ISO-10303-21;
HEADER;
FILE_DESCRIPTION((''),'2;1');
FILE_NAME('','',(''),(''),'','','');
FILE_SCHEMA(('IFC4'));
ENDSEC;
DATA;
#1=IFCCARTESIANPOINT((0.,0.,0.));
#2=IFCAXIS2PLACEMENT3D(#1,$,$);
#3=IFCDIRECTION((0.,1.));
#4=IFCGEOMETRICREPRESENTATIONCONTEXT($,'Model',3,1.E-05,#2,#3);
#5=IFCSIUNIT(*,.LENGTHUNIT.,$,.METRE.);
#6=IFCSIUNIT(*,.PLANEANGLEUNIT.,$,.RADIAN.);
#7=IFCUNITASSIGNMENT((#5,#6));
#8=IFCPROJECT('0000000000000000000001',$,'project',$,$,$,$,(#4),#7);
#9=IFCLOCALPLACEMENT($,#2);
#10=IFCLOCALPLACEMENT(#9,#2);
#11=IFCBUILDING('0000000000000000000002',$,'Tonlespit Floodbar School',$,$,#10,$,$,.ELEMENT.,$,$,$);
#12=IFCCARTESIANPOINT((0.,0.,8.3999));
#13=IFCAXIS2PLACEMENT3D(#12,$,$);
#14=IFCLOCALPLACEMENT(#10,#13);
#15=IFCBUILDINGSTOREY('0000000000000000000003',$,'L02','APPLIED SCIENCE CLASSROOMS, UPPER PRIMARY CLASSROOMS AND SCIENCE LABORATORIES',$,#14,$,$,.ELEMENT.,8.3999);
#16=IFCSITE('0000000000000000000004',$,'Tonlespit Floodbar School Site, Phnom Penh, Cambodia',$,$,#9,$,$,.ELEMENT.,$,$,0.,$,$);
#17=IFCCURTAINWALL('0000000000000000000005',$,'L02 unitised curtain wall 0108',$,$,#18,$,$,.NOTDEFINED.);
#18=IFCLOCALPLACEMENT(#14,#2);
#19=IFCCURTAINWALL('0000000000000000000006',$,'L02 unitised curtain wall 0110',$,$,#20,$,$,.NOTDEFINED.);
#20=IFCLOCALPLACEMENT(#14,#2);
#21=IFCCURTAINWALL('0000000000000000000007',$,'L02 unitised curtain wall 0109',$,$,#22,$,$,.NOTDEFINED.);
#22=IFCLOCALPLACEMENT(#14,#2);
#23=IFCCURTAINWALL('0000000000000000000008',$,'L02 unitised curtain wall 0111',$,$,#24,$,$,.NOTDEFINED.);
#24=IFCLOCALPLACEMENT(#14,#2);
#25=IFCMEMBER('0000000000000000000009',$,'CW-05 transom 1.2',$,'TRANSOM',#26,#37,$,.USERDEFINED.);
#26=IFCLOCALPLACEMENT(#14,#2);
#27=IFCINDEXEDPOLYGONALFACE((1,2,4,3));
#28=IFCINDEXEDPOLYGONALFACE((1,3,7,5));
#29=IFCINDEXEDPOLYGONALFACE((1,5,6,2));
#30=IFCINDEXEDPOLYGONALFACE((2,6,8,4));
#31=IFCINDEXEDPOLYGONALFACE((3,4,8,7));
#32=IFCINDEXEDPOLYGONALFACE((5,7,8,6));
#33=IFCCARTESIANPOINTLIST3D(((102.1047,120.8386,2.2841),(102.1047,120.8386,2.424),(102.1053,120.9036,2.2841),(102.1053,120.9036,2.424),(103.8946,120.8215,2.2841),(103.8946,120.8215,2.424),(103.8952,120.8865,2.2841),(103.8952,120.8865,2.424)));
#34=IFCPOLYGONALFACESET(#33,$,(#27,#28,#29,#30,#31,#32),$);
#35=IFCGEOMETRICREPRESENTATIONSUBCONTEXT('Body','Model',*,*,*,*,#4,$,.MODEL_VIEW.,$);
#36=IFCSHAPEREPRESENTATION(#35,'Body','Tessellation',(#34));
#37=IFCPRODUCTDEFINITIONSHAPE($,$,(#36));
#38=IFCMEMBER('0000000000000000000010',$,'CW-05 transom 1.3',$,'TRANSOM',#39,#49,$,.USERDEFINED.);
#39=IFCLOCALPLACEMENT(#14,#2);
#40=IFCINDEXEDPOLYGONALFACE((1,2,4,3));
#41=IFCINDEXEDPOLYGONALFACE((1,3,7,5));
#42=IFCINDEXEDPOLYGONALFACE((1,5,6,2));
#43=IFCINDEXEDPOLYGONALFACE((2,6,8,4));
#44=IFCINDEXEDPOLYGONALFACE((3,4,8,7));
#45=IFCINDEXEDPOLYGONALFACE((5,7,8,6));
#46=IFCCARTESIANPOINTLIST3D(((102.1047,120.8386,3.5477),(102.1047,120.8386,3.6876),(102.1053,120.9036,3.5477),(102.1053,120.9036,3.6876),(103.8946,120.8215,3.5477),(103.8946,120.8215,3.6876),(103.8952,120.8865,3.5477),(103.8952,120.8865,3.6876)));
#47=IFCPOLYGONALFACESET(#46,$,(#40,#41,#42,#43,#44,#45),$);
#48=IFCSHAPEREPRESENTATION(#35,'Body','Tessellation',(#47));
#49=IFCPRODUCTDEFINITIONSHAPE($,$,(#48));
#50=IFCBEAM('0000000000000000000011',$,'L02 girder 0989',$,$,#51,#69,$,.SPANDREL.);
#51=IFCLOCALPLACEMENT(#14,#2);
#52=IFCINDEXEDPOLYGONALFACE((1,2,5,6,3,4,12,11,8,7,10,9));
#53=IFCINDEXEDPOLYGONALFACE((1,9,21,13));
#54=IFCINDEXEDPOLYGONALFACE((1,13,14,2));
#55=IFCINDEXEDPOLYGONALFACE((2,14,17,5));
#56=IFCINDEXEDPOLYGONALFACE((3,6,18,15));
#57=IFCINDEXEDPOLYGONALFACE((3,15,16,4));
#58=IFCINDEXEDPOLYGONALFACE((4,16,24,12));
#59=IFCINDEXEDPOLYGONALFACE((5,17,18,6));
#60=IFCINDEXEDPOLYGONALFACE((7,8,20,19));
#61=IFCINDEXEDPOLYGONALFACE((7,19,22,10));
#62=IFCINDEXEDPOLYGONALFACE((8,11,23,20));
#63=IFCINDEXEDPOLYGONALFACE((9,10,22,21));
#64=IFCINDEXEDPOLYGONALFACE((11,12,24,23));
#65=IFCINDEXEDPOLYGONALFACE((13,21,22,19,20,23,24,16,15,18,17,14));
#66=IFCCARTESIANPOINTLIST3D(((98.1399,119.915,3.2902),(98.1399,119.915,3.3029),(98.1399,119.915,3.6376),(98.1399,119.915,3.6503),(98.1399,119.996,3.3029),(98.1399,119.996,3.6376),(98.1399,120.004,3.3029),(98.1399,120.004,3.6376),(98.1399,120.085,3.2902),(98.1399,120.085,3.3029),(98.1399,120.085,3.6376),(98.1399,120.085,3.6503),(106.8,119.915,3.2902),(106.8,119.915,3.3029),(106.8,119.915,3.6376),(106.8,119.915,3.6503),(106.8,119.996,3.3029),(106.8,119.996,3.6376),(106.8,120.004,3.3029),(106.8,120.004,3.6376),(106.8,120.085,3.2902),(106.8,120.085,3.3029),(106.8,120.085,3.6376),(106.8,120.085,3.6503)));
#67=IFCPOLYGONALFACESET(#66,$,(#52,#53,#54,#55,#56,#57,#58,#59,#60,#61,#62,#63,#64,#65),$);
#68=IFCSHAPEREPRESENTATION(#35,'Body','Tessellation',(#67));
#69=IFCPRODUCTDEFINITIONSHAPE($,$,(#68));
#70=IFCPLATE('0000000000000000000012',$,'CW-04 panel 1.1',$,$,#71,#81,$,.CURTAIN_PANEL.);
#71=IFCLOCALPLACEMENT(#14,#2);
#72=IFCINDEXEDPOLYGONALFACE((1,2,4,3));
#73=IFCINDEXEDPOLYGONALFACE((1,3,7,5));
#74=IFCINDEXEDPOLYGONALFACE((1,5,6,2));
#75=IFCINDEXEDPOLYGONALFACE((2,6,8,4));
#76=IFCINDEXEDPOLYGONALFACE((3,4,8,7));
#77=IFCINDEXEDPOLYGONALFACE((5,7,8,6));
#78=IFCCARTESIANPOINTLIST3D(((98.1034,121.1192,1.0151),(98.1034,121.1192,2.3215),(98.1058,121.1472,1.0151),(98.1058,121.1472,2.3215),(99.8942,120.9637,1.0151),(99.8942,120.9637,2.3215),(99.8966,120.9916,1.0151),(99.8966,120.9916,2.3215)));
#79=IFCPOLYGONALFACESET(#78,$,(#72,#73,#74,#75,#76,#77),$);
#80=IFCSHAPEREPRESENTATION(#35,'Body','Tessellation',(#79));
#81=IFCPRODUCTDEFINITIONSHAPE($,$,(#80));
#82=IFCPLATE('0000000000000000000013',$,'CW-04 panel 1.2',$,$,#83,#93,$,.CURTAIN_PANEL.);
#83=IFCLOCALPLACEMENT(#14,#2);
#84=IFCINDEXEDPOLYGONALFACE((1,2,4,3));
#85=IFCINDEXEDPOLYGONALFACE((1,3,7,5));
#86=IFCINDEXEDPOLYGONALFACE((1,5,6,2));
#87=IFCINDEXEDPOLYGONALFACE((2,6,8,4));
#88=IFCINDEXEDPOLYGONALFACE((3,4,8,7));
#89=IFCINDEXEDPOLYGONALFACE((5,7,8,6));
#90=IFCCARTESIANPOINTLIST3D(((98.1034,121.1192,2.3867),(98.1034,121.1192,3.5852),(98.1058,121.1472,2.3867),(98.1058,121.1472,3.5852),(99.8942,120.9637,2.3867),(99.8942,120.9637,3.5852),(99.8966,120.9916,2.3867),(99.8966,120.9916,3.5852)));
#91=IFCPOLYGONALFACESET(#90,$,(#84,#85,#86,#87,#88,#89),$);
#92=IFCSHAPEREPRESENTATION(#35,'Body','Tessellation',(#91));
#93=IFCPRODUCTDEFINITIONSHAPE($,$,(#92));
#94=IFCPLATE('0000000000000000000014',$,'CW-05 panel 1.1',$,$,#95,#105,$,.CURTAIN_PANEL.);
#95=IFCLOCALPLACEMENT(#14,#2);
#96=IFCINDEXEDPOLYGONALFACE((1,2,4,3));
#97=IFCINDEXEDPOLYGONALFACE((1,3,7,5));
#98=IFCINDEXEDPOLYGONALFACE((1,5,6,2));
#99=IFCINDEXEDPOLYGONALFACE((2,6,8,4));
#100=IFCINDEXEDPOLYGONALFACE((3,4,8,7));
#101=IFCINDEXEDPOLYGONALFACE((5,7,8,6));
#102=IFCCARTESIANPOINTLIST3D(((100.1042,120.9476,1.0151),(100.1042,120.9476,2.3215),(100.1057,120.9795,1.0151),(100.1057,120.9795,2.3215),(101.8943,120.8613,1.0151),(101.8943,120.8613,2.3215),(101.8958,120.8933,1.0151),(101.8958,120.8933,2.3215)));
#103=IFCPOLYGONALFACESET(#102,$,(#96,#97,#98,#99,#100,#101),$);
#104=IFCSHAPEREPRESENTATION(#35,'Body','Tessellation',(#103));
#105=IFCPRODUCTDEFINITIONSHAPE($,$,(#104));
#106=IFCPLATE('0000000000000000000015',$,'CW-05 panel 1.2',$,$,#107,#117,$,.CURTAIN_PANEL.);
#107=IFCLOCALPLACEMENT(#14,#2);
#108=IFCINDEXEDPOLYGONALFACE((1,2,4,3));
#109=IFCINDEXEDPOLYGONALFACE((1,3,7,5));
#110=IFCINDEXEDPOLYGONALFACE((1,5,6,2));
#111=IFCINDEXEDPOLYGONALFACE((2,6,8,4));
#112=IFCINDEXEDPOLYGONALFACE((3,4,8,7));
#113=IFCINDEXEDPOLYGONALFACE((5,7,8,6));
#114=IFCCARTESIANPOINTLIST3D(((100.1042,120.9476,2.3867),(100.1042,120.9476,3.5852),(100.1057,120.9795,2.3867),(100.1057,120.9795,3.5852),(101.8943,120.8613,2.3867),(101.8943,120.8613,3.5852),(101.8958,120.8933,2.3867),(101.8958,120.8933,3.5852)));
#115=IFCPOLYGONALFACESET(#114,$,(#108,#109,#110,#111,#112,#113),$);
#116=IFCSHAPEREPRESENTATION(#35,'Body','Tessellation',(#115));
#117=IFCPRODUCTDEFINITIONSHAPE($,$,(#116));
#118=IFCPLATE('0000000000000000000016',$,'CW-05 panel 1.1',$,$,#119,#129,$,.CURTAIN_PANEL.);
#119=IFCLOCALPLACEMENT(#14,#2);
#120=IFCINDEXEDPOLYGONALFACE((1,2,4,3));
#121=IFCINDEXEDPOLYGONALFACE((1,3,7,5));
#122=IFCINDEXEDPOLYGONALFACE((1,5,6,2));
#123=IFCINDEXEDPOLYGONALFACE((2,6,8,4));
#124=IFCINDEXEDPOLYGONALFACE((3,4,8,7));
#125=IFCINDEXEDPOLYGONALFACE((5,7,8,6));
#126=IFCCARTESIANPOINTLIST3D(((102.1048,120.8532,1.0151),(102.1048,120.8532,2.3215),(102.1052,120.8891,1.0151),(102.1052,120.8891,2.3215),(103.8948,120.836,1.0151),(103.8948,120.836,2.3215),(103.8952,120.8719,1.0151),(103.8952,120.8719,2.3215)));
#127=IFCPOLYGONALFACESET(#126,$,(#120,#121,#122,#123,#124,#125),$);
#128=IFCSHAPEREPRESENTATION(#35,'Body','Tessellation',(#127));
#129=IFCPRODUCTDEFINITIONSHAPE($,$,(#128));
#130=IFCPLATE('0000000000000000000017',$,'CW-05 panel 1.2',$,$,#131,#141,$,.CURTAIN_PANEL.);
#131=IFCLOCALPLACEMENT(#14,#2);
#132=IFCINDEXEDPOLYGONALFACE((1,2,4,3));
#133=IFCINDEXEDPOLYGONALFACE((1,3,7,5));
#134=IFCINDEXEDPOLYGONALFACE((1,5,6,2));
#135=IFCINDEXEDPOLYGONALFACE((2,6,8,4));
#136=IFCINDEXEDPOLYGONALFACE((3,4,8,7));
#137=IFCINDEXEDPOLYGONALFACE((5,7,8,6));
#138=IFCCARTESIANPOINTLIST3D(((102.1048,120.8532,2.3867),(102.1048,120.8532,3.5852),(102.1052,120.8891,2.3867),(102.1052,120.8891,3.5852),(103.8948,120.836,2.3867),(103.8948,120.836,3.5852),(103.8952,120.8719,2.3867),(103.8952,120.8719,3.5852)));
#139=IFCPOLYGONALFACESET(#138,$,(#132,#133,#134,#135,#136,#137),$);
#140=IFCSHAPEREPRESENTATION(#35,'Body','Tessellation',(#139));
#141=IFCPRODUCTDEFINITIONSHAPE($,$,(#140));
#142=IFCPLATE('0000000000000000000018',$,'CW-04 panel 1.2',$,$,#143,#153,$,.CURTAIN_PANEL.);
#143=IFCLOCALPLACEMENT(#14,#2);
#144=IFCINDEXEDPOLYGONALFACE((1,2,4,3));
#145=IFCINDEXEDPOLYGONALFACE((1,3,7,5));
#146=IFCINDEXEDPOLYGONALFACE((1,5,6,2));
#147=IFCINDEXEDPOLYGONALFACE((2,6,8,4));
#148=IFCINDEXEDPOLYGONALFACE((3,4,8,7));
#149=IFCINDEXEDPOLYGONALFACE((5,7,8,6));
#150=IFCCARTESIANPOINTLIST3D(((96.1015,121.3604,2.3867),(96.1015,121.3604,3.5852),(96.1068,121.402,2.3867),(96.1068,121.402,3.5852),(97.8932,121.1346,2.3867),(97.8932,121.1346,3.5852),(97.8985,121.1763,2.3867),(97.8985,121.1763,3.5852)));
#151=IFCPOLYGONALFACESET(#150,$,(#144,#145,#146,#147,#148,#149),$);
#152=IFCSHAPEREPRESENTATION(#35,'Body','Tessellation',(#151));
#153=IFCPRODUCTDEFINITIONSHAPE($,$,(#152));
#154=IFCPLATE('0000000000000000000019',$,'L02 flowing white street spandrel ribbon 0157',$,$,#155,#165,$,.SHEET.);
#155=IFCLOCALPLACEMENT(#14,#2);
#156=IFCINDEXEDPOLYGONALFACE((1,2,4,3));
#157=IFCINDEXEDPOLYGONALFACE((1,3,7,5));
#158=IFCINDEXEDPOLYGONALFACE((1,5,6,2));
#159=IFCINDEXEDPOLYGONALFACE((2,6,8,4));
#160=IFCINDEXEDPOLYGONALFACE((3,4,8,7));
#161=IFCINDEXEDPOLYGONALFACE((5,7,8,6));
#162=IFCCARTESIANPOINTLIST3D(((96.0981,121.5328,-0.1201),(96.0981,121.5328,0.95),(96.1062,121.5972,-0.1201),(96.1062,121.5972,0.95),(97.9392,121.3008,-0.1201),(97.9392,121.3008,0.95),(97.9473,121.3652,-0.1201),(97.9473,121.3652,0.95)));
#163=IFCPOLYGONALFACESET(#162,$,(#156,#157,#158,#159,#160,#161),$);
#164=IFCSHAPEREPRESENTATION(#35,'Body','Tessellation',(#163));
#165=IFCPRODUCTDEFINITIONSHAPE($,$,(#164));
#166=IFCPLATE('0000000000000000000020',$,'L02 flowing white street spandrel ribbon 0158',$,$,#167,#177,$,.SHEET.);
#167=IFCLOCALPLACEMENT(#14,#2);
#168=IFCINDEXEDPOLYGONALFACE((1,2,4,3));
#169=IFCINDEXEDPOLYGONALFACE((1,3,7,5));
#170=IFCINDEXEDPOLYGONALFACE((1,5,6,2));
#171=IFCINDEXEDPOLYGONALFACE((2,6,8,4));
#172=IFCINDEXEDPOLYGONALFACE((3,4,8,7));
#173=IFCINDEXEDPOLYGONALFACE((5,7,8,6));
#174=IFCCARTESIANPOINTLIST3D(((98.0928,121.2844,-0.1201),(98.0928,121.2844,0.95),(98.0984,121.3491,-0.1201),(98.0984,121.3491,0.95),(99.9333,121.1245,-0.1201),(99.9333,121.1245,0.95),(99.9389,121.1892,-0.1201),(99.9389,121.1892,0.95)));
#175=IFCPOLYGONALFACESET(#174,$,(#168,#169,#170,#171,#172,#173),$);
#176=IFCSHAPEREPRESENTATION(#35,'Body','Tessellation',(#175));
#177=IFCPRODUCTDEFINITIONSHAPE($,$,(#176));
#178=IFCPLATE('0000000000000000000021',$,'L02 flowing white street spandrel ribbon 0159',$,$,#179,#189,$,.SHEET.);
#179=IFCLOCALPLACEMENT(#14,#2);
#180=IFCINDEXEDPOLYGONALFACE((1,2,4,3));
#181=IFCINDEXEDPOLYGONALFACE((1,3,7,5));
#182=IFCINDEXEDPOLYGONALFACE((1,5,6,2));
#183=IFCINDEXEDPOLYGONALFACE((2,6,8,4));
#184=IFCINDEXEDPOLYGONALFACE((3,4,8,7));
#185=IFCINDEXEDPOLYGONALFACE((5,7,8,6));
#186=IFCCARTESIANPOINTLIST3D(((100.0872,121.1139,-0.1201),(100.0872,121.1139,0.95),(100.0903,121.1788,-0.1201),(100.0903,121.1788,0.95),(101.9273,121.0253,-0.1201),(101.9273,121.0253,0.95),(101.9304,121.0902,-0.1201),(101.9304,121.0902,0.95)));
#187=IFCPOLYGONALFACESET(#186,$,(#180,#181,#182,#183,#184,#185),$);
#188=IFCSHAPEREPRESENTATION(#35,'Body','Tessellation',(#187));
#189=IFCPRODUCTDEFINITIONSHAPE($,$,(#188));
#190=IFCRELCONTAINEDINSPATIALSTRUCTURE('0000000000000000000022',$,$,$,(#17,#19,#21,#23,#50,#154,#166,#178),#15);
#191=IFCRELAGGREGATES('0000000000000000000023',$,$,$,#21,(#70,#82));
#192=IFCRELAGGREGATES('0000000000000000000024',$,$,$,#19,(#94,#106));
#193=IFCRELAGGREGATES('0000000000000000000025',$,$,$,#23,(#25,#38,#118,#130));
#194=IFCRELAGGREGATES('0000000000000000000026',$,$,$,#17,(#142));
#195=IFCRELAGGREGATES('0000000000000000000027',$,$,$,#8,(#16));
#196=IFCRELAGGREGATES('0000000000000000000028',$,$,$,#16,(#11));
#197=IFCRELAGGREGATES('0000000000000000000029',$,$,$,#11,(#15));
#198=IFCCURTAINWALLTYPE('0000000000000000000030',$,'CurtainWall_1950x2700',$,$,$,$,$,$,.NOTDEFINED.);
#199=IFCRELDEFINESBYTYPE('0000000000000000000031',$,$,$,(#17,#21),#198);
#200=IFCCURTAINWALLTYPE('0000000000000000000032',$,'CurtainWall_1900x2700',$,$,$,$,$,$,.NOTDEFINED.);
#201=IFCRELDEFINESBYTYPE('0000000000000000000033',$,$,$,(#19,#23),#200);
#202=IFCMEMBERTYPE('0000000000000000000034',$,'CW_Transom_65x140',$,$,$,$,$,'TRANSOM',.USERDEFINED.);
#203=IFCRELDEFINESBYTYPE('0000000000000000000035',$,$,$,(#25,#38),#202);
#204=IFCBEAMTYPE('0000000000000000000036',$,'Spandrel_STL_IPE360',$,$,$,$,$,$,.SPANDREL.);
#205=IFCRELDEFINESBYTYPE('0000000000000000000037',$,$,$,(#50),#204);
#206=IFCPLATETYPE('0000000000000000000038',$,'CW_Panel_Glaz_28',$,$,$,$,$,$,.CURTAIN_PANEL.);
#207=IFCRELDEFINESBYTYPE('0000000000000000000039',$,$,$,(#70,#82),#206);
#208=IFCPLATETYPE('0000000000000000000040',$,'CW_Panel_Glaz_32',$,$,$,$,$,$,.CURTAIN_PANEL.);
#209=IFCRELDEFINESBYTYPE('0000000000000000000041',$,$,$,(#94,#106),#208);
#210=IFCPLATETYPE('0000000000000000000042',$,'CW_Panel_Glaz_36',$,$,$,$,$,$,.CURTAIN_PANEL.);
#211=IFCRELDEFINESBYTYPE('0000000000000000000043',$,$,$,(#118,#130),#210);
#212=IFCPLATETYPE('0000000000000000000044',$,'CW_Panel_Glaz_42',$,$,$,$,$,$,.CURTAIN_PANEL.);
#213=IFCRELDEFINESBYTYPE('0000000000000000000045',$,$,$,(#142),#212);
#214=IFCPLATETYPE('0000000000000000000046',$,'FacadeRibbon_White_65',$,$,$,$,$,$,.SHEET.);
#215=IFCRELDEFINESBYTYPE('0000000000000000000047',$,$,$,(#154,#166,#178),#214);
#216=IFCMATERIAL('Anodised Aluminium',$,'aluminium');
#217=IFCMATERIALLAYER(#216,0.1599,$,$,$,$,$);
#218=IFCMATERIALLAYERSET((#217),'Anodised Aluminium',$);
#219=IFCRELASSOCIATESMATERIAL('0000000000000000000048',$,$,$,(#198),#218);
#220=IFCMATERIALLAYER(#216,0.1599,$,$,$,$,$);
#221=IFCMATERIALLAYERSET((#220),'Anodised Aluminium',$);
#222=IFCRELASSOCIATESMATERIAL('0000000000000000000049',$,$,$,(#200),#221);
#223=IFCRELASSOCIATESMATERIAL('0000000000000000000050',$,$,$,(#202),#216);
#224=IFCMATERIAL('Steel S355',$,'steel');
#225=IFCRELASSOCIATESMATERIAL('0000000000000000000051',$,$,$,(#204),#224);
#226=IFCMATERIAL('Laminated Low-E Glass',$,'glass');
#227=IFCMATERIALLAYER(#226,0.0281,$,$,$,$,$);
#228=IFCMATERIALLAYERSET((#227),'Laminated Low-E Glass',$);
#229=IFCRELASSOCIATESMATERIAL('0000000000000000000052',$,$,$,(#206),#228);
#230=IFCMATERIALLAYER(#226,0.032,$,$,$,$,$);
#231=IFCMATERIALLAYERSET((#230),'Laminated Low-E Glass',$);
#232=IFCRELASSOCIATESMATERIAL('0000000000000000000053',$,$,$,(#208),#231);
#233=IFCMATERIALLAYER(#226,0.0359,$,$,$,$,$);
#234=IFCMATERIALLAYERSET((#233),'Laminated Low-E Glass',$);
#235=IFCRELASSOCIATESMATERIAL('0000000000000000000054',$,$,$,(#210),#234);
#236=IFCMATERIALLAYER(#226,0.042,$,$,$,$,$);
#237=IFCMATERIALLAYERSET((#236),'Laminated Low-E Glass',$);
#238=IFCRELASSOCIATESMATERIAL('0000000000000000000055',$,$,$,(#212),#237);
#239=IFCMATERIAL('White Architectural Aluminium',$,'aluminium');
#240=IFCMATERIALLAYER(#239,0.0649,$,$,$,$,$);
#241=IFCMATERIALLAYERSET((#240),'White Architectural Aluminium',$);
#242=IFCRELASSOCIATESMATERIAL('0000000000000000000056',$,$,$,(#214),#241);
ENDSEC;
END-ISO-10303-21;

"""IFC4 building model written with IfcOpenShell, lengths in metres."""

from ifc_helpers import new_model, si_unit, direction, frame, origin, origin_2d, place, context, subcontext, project, spatial, rectangle, i_section, extrude, material, layer, layer_set, material_profile, profile_set, type_object, element, aggregate, save


model = new_model("IFC4")

# Units and contexts
model_context = context("Model", 3, precision=1e-05, world=origin(), true_north=direction((0.0, 1.0)))
body_context = subcontext(model_context, "Body", "Model", "MODEL_VIEW")
ifc_project = project(units=[si_unit("LENGTHUNIT", "METRE"), si_unit("PLANEANGLEUNIT", "RADIAN")], contexts=[model_context])

# Site, building, storey
site_placement = place(None, origin())
site = spatial("IfcSite", under=ifc_project, at=site_placement, Name="Tonlespit Floodbar School Site, Phnom Penh, Cambodia", CompositionType="ELEMENT", RefElevation=0.0)
building_placement = place(site_placement, origin())
building = spatial("IfcBuilding", under=site, at=building_placement, Name="Tonlespit Floodbar School", CompositionType="ELEMENT")
storey_placement = place(building_placement, frame((0.0, 0.0, 8.3999)))
storey = spatial("IfcBuildingStorey", under=building, at=storey_placement, Name="L02", Description="APPLIED SCIENCE CLASSROOMS, UPPER PRIMARY CLASSROOMS AND SCIENCE LABORATORIES", CompositionType="ELEMENT", Elevation=8.3999)

# Curtain wall
ifc_material_1 = material(Name="Anodised Aluminium", Category="aluminium")
ifc_layer_1 = layer(ifc_material_1, 0.1599)
ifc_layer_set_1 = layer_set([ifc_layer_1], Name="Anodised Aluminium")
curtain_wall_type_1 = type_object("IfcCurtainWallType", Name="CurtainWall_1950x2700", PredefinedType="NOTDEFINED", material=ifc_layer_set_1)
curtain_wall_1_placement = place(storey_placement, origin())
curtain_wall_1 = element("IfcCurtainWall", 1, at=curtain_wall_1_placement, inside=storey, type_object=curtain_wall_type_1, Name="L02 unitised curtain wall 0108", PredefinedType="NOTDEFINED")

# Curtain walls
ifc_layer_2 = layer(ifc_material_1, 0.1599)
ifc_layer_set_2 = layer_set([ifc_layer_2], Name="Anodised Aluminium")
curtain_wall_type_2 = type_object("IfcCurtainWallType", Name="CurtainWall_1900x2700", PredefinedType="NOTDEFINED", material=ifc_layer_set_2)
curtain_wall_2_placement = place(storey_placement, origin())
curtain_wall_2 = element("IfcCurtainWall", 2, at=curtain_wall_2_placement, inside=storey, type_object=curtain_wall_type_2, Name="L02 unitised curtain wall 0110", PredefinedType="NOTDEFINED")
curtain_wall_3_placement = place(storey_placement, origin())
curtain_wall_3 = element("IfcCurtainWall", 3, at=curtain_wall_3_placement, inside=storey, type_object=curtain_wall_type_1, Name="L02 unitised curtain wall 0109", PredefinedType="NOTDEFINED")
curtain_wall_4_placement = place(storey_placement, origin())
curtain_wall_4 = element("IfcCurtainWall", 4, at=curtain_wall_4_placement, inside=storey, type_object=curtain_wall_type_2, Name="L02 unitised curtain wall 0111", PredefinedType="NOTDEFINED")

# Members
ifc_material_profile_1 = material_profile(ifc_material_1, rectangle(XDim=0.0649, YDim=0.1399, at=origin_2d()), Name="ALU T65x140")
ifc_profile_set_1 = profile_set([ifc_material_profile_1], Name="Anodised Aluminium")
member_type_1 = type_object("IfcMemberType", Name="CW_Transom_65x140", ElementType="TRANSOM", PredefinedType="USERDEFINED", material=ifc_profile_set_1)
member_1_placement = place(storey_placement, frame((102.105, 120.8711, 2.354), z_axis=(0.999954, -0.009547, 0.0), x_axis=(0.009547, 0.999954, 0.0)))
member_1 = element("IfcMember", 5, at=member_1_placement, type_object=member_type_1, Name="CW-05 transom 1.2", ObjectType="TRANSOM", PredefinedType="USERDEFINED", context=body_context, shape_type="SweptSolid", body=[
    extrude(rectangle(XDim=0.0649, YDim=0.1399, at=origin_2d()), origin(), (0.0, 0.0, 1.0), 1.79),
])
member_2_placement = place(storey_placement, frame((102.105, 120.8711, 3.6177), z_axis=(0.999954, -0.009547, 0.0), x_axis=(0.009547, 0.999954, 0.0)))
member_2 = element("IfcMember", 6, at=member_2_placement, type_object=member_type_1, Name="CW-05 transom 1.3", ObjectType="TRANSOM", PredefinedType="USERDEFINED", context=body_context, shape_type="SweptSolid", body=[
    extrude(rectangle(XDim=0.0649, YDim=0.1399, at=origin_2d()), origin(), (0.0, 0.0, 1.0), 1.79),
])

# Beam
ifc_material_2 = material(Name="Steel S355", Category="steel")
ifc_material_profile_2 = material_profile(ifc_material_2, i_section(OverallWidth=0.1699, OverallDepth=0.3601, WebThickness=0.0081, FlangeThickness=0.0127, at=origin_2d()), Name="IPE 360")
ifc_profile_set_2 = profile_set([ifc_material_profile_2], Name="Steel S355")
beam_type = type_object("IfcBeamType", Name="Spandrel_STL_IPE360", PredefinedType="SPANDREL", material=ifc_profile_set_2)
beam_placement = place(storey_placement, frame((98.1399, 120.0, 3.4702), z_axis=(1.0, 0.0, 0.0), x_axis=(0.0, 1.0, 0.0)))
element("IfcBeam", 7, at=beam_placement, inside=storey, type_object=beam_type, Name="L02 girder 0989", PredefinedType="SPANDREL", context=body_context, shape_type="SweptSolid", body=[
    extrude(i_section(OverallWidth=0.1699, OverallDepth=0.3601, WebThickness=0.0081, FlangeThickness=0.0127, at=origin_2d()), origin(), (0.0, 0.0, 1.0), 8.6602),
])

# Plates
ifc_material_3 = material(Name="Laminated Low-E Glass", Category="glass")
ifc_layer_3 = layer(ifc_material_3, 0.0281)
ifc_layer_set_3 = layer_set([ifc_layer_3], Name="Laminated Low-E Glass")
plate_type_1 = type_object("IfcPlateType", Name="CW_Panel_Glaz_28", PredefinedType="CURTAIN_PANEL", material=ifc_layer_set_3)
plate_1_placement = place(storey_placement, frame((99.0, 121.0554, 1.0151), z_axis=(0.0, 0.0, 1.0), x_axis=(0.996249, -0.086531, 0.0)))
plate_1 = element("IfcPlate", 8, at=plate_1_placement, type_object=plate_type_1, Name="CW-04 panel 1.1", PredefinedType="CURTAIN_PANEL", context=body_context, shape_type="SweptSolid", body=[
    extrude(rectangle(XDim=1.7976, YDim=0.0281, at=origin_2d()), origin(), (0.0, 0.0, 1.0), 1.3064),
])
plate_2_placement = place(storey_placement, frame((99.0, 121.0554, 2.3867), z_axis=(0.0, 0.0, 1.0), x_axis=(0.996249, -0.086531, 0.0)))
plate_2 = element("IfcPlate", 9, at=plate_2_placement, type_object=plate_type_1, Name="CW-04 panel 1.2", PredefinedType="CURTAIN_PANEL", context=body_context, shape_type="SweptSolid", body=[
    extrude(rectangle(XDim=1.7976, YDim=0.0281, at=origin_2d()), origin(), (0.0, 0.0, 1.0), 1.1985),
])
aggregate(curtain_wall_3, [plate_1, plate_2])
ifc_layer_4 = layer(ifc_material_3, 0.032)
ifc_layer_set_4 = layer_set([ifc_layer_4], Name="Laminated Low-E Glass")
plate_type_2 = type_object("IfcPlateType", Name="CW_Panel_Glaz_32", PredefinedType="CURTAIN_PANEL", material=ifc_layer_set_4)
plate_3_placement = place(storey_placement, frame((101.0, 120.9204, 1.0151), z_axis=(0.0, 0.0, 1.0), x_axis=(0.998842, -0.048121, 0.0)))
plate_3 = element("IfcPlate", 10, at=plate_3_placement, type_object=plate_type_2, Name="CW-05 panel 1.1", PredefinedType="CURTAIN_PANEL", context=body_context, shape_type="SweptSolid", body=[
    extrude(rectangle(XDim=1.7922, YDim=0.032, at=origin_2d()), origin(), (0.0, 0.0, 1.0), 1.3064),
])
plate_4_placement = place(storey_placement, frame((101.0, 120.9204, 2.3867), z_axis=(0.0, 0.0, 1.0), x_axis=(0.998842, -0.048121, 0.0)))
plate_4 = element("IfcPlate", 11, at=plate_4_placement, type_object=plate_type_2, Name="CW-05 panel 1.2", PredefinedType="CURTAIN_PANEL", context=body_context, shape_type="SweptSolid", body=[
    extrude(rectangle(XDim=1.7922, YDim=0.032, at=origin_2d()), origin(), (0.0, 0.0, 1.0), 1.1985),
])
aggregate(curtain_wall_2, [plate_3, plate_4])
ifc_layer_5 = layer(ifc_material_3, 0.0359)
ifc_layer_set_5 = layer_set([ifc_layer_5], Name="Laminated Low-E Glass")
plate_type_3 = type_object("IfcPlateType", Name="CW_Panel_Glaz_36", PredefinedType="CURTAIN_PANEL", material=ifc_layer_set_5)
plate_5_placement = place(storey_placement, frame((103.0, 120.8625, 1.0151), z_axis=(0.0, 0.0, 1.0), x_axis=(0.999954, -0.009583, 0.0)))
plate_5 = element("IfcPlate", 12, at=plate_5_placement, type_object=plate_type_3, Name="CW-05 panel 1.1", PredefinedType="CURTAIN_PANEL", context=body_context, shape_type="SweptSolid", body=[
    extrude(rectangle(XDim=1.79, YDim=0.0359, at=origin_2d()), origin(), (0.0, 0.0, 1.0), 1.3064),
])
plate_6_placement = place(storey_placement, frame((103.0, 120.8625, 2.3867), z_axis=(0.0, 0.0, 1.0), x_axis=(0.999954, -0.009583, 0.0)))
plate_6 = element("IfcPlate", 13, at=plate_6_placement, type_object=plate_type_3, Name="CW-05 panel 1.2", PredefinedType="CURTAIN_PANEL", context=body_context, shape_type="SweptSolid", body=[
    extrude(rectangle(XDim=1.79, YDim=0.0359, at=origin_2d()), origin(), (0.0, 0.0, 1.0), 1.1985),
])
aggregate(curtain_wall_4, [member_1, member_2, plate_5, plate_6])
ifc_layer_6 = layer(ifc_material_3, 0.042)
ifc_layer_set_6 = layer_set([ifc_layer_6], Name="Laminated Low-E Glass")
plate_type_4 = type_object("IfcPlateType", Name="CW_Panel_Glaz_42", PredefinedType="CURTAIN_PANEL", material=ifc_layer_set_6)
plate_7_placement = place(storey_placement, frame((97.0, 121.2683, 2.3867), z_axis=(0.0, 0.0, 1.0), x_axis=(0.992155, -0.125014, 0.0)))
plate_7 = element("IfcPlate", 14, at=plate_7_placement, type_object=plate_type_4, Name="CW-04 panel 1.2", PredefinedType="CURTAIN_PANEL", context=body_context, shape_type="SweptSolid", body=[
    extrude(rectangle(XDim=1.8059, YDim=0.042, at=origin_2d()), origin(), (0.0, 0.0, 1.0), 1.1985),
])
aggregate(curtain_wall_1, [plate_7])

# Plates
ifc_material_4 = material(Name="White Architectural Aluminium", Category="aluminium")
ifc_layer_7 = layer(ifc_material_4, 0.0649)
ifc_layer_set_7 = layer_set([ifc_layer_7], Name="White Architectural Aluminium")
plate_type_5 = type_object("IfcPlateType", Name="FacadeRibbon_White_65", PredefinedType="SHEET", material=ifc_layer_set_7)
plate_8_placement = place(storey_placement, frame((97.0227, 121.449, -0.1201), z_axis=(0.0, 0.0, 1.0), x_axis=(0.992155, -0.125011, 0.0)))
element("IfcPlate", 15, at=plate_8_placement, inside=storey, type_object=plate_type_5, Name="L02 flowing white street spandrel ribbon 0157", PredefinedType="SHEET", context=body_context, shape_type="SweptSolid", body=[
    extrude(rectangle(XDim=1.8557, YDim=0.0649, at=origin_2d()), origin(), (0.0, 0.0, 1.0), 1.0701),
])
plate_9_placement = place(storey_placement, frame((99.0159, 121.2368, -0.1201), z_axis=(0.0, 0.0, 1.0), x_axis=(0.996245, -0.086573, 0.0)))
element("IfcPlate", 16, at=plate_9_placement, inside=storey, type_object=plate_type_5, Name="L02 flowing white street spandrel ribbon 0158", PredefinedType="SHEET", context=body_context, shape_type="SweptSolid", body=[
    extrude(rectangle(XDim=1.8474, YDim=0.0649, at=origin_2d()), origin(), (0.0, 0.0, 1.0), 1.0701),
])
plate_10_placement = place(storey_placement, frame((101.0088, 121.1021, -0.1201), z_axis=(0.0, 0.0, 1.0), x_axis=(0.998843, -0.048095, 0.0)))
element("IfcPlate", 17, at=plate_10_placement, inside=storey, type_object=plate_type_5, Name="L02 flowing white street spandrel ribbon 0159", PredefinedType="SHEET", context=body_context, shape_type="SweptSolid", body=[
    extrude(rectangle(XDim=1.8423, YDim=0.0649, at=origin_2d()), origin(), (0.0, 0.0, 1.0), 1.0701),
])

save(model, "model.ifc")
